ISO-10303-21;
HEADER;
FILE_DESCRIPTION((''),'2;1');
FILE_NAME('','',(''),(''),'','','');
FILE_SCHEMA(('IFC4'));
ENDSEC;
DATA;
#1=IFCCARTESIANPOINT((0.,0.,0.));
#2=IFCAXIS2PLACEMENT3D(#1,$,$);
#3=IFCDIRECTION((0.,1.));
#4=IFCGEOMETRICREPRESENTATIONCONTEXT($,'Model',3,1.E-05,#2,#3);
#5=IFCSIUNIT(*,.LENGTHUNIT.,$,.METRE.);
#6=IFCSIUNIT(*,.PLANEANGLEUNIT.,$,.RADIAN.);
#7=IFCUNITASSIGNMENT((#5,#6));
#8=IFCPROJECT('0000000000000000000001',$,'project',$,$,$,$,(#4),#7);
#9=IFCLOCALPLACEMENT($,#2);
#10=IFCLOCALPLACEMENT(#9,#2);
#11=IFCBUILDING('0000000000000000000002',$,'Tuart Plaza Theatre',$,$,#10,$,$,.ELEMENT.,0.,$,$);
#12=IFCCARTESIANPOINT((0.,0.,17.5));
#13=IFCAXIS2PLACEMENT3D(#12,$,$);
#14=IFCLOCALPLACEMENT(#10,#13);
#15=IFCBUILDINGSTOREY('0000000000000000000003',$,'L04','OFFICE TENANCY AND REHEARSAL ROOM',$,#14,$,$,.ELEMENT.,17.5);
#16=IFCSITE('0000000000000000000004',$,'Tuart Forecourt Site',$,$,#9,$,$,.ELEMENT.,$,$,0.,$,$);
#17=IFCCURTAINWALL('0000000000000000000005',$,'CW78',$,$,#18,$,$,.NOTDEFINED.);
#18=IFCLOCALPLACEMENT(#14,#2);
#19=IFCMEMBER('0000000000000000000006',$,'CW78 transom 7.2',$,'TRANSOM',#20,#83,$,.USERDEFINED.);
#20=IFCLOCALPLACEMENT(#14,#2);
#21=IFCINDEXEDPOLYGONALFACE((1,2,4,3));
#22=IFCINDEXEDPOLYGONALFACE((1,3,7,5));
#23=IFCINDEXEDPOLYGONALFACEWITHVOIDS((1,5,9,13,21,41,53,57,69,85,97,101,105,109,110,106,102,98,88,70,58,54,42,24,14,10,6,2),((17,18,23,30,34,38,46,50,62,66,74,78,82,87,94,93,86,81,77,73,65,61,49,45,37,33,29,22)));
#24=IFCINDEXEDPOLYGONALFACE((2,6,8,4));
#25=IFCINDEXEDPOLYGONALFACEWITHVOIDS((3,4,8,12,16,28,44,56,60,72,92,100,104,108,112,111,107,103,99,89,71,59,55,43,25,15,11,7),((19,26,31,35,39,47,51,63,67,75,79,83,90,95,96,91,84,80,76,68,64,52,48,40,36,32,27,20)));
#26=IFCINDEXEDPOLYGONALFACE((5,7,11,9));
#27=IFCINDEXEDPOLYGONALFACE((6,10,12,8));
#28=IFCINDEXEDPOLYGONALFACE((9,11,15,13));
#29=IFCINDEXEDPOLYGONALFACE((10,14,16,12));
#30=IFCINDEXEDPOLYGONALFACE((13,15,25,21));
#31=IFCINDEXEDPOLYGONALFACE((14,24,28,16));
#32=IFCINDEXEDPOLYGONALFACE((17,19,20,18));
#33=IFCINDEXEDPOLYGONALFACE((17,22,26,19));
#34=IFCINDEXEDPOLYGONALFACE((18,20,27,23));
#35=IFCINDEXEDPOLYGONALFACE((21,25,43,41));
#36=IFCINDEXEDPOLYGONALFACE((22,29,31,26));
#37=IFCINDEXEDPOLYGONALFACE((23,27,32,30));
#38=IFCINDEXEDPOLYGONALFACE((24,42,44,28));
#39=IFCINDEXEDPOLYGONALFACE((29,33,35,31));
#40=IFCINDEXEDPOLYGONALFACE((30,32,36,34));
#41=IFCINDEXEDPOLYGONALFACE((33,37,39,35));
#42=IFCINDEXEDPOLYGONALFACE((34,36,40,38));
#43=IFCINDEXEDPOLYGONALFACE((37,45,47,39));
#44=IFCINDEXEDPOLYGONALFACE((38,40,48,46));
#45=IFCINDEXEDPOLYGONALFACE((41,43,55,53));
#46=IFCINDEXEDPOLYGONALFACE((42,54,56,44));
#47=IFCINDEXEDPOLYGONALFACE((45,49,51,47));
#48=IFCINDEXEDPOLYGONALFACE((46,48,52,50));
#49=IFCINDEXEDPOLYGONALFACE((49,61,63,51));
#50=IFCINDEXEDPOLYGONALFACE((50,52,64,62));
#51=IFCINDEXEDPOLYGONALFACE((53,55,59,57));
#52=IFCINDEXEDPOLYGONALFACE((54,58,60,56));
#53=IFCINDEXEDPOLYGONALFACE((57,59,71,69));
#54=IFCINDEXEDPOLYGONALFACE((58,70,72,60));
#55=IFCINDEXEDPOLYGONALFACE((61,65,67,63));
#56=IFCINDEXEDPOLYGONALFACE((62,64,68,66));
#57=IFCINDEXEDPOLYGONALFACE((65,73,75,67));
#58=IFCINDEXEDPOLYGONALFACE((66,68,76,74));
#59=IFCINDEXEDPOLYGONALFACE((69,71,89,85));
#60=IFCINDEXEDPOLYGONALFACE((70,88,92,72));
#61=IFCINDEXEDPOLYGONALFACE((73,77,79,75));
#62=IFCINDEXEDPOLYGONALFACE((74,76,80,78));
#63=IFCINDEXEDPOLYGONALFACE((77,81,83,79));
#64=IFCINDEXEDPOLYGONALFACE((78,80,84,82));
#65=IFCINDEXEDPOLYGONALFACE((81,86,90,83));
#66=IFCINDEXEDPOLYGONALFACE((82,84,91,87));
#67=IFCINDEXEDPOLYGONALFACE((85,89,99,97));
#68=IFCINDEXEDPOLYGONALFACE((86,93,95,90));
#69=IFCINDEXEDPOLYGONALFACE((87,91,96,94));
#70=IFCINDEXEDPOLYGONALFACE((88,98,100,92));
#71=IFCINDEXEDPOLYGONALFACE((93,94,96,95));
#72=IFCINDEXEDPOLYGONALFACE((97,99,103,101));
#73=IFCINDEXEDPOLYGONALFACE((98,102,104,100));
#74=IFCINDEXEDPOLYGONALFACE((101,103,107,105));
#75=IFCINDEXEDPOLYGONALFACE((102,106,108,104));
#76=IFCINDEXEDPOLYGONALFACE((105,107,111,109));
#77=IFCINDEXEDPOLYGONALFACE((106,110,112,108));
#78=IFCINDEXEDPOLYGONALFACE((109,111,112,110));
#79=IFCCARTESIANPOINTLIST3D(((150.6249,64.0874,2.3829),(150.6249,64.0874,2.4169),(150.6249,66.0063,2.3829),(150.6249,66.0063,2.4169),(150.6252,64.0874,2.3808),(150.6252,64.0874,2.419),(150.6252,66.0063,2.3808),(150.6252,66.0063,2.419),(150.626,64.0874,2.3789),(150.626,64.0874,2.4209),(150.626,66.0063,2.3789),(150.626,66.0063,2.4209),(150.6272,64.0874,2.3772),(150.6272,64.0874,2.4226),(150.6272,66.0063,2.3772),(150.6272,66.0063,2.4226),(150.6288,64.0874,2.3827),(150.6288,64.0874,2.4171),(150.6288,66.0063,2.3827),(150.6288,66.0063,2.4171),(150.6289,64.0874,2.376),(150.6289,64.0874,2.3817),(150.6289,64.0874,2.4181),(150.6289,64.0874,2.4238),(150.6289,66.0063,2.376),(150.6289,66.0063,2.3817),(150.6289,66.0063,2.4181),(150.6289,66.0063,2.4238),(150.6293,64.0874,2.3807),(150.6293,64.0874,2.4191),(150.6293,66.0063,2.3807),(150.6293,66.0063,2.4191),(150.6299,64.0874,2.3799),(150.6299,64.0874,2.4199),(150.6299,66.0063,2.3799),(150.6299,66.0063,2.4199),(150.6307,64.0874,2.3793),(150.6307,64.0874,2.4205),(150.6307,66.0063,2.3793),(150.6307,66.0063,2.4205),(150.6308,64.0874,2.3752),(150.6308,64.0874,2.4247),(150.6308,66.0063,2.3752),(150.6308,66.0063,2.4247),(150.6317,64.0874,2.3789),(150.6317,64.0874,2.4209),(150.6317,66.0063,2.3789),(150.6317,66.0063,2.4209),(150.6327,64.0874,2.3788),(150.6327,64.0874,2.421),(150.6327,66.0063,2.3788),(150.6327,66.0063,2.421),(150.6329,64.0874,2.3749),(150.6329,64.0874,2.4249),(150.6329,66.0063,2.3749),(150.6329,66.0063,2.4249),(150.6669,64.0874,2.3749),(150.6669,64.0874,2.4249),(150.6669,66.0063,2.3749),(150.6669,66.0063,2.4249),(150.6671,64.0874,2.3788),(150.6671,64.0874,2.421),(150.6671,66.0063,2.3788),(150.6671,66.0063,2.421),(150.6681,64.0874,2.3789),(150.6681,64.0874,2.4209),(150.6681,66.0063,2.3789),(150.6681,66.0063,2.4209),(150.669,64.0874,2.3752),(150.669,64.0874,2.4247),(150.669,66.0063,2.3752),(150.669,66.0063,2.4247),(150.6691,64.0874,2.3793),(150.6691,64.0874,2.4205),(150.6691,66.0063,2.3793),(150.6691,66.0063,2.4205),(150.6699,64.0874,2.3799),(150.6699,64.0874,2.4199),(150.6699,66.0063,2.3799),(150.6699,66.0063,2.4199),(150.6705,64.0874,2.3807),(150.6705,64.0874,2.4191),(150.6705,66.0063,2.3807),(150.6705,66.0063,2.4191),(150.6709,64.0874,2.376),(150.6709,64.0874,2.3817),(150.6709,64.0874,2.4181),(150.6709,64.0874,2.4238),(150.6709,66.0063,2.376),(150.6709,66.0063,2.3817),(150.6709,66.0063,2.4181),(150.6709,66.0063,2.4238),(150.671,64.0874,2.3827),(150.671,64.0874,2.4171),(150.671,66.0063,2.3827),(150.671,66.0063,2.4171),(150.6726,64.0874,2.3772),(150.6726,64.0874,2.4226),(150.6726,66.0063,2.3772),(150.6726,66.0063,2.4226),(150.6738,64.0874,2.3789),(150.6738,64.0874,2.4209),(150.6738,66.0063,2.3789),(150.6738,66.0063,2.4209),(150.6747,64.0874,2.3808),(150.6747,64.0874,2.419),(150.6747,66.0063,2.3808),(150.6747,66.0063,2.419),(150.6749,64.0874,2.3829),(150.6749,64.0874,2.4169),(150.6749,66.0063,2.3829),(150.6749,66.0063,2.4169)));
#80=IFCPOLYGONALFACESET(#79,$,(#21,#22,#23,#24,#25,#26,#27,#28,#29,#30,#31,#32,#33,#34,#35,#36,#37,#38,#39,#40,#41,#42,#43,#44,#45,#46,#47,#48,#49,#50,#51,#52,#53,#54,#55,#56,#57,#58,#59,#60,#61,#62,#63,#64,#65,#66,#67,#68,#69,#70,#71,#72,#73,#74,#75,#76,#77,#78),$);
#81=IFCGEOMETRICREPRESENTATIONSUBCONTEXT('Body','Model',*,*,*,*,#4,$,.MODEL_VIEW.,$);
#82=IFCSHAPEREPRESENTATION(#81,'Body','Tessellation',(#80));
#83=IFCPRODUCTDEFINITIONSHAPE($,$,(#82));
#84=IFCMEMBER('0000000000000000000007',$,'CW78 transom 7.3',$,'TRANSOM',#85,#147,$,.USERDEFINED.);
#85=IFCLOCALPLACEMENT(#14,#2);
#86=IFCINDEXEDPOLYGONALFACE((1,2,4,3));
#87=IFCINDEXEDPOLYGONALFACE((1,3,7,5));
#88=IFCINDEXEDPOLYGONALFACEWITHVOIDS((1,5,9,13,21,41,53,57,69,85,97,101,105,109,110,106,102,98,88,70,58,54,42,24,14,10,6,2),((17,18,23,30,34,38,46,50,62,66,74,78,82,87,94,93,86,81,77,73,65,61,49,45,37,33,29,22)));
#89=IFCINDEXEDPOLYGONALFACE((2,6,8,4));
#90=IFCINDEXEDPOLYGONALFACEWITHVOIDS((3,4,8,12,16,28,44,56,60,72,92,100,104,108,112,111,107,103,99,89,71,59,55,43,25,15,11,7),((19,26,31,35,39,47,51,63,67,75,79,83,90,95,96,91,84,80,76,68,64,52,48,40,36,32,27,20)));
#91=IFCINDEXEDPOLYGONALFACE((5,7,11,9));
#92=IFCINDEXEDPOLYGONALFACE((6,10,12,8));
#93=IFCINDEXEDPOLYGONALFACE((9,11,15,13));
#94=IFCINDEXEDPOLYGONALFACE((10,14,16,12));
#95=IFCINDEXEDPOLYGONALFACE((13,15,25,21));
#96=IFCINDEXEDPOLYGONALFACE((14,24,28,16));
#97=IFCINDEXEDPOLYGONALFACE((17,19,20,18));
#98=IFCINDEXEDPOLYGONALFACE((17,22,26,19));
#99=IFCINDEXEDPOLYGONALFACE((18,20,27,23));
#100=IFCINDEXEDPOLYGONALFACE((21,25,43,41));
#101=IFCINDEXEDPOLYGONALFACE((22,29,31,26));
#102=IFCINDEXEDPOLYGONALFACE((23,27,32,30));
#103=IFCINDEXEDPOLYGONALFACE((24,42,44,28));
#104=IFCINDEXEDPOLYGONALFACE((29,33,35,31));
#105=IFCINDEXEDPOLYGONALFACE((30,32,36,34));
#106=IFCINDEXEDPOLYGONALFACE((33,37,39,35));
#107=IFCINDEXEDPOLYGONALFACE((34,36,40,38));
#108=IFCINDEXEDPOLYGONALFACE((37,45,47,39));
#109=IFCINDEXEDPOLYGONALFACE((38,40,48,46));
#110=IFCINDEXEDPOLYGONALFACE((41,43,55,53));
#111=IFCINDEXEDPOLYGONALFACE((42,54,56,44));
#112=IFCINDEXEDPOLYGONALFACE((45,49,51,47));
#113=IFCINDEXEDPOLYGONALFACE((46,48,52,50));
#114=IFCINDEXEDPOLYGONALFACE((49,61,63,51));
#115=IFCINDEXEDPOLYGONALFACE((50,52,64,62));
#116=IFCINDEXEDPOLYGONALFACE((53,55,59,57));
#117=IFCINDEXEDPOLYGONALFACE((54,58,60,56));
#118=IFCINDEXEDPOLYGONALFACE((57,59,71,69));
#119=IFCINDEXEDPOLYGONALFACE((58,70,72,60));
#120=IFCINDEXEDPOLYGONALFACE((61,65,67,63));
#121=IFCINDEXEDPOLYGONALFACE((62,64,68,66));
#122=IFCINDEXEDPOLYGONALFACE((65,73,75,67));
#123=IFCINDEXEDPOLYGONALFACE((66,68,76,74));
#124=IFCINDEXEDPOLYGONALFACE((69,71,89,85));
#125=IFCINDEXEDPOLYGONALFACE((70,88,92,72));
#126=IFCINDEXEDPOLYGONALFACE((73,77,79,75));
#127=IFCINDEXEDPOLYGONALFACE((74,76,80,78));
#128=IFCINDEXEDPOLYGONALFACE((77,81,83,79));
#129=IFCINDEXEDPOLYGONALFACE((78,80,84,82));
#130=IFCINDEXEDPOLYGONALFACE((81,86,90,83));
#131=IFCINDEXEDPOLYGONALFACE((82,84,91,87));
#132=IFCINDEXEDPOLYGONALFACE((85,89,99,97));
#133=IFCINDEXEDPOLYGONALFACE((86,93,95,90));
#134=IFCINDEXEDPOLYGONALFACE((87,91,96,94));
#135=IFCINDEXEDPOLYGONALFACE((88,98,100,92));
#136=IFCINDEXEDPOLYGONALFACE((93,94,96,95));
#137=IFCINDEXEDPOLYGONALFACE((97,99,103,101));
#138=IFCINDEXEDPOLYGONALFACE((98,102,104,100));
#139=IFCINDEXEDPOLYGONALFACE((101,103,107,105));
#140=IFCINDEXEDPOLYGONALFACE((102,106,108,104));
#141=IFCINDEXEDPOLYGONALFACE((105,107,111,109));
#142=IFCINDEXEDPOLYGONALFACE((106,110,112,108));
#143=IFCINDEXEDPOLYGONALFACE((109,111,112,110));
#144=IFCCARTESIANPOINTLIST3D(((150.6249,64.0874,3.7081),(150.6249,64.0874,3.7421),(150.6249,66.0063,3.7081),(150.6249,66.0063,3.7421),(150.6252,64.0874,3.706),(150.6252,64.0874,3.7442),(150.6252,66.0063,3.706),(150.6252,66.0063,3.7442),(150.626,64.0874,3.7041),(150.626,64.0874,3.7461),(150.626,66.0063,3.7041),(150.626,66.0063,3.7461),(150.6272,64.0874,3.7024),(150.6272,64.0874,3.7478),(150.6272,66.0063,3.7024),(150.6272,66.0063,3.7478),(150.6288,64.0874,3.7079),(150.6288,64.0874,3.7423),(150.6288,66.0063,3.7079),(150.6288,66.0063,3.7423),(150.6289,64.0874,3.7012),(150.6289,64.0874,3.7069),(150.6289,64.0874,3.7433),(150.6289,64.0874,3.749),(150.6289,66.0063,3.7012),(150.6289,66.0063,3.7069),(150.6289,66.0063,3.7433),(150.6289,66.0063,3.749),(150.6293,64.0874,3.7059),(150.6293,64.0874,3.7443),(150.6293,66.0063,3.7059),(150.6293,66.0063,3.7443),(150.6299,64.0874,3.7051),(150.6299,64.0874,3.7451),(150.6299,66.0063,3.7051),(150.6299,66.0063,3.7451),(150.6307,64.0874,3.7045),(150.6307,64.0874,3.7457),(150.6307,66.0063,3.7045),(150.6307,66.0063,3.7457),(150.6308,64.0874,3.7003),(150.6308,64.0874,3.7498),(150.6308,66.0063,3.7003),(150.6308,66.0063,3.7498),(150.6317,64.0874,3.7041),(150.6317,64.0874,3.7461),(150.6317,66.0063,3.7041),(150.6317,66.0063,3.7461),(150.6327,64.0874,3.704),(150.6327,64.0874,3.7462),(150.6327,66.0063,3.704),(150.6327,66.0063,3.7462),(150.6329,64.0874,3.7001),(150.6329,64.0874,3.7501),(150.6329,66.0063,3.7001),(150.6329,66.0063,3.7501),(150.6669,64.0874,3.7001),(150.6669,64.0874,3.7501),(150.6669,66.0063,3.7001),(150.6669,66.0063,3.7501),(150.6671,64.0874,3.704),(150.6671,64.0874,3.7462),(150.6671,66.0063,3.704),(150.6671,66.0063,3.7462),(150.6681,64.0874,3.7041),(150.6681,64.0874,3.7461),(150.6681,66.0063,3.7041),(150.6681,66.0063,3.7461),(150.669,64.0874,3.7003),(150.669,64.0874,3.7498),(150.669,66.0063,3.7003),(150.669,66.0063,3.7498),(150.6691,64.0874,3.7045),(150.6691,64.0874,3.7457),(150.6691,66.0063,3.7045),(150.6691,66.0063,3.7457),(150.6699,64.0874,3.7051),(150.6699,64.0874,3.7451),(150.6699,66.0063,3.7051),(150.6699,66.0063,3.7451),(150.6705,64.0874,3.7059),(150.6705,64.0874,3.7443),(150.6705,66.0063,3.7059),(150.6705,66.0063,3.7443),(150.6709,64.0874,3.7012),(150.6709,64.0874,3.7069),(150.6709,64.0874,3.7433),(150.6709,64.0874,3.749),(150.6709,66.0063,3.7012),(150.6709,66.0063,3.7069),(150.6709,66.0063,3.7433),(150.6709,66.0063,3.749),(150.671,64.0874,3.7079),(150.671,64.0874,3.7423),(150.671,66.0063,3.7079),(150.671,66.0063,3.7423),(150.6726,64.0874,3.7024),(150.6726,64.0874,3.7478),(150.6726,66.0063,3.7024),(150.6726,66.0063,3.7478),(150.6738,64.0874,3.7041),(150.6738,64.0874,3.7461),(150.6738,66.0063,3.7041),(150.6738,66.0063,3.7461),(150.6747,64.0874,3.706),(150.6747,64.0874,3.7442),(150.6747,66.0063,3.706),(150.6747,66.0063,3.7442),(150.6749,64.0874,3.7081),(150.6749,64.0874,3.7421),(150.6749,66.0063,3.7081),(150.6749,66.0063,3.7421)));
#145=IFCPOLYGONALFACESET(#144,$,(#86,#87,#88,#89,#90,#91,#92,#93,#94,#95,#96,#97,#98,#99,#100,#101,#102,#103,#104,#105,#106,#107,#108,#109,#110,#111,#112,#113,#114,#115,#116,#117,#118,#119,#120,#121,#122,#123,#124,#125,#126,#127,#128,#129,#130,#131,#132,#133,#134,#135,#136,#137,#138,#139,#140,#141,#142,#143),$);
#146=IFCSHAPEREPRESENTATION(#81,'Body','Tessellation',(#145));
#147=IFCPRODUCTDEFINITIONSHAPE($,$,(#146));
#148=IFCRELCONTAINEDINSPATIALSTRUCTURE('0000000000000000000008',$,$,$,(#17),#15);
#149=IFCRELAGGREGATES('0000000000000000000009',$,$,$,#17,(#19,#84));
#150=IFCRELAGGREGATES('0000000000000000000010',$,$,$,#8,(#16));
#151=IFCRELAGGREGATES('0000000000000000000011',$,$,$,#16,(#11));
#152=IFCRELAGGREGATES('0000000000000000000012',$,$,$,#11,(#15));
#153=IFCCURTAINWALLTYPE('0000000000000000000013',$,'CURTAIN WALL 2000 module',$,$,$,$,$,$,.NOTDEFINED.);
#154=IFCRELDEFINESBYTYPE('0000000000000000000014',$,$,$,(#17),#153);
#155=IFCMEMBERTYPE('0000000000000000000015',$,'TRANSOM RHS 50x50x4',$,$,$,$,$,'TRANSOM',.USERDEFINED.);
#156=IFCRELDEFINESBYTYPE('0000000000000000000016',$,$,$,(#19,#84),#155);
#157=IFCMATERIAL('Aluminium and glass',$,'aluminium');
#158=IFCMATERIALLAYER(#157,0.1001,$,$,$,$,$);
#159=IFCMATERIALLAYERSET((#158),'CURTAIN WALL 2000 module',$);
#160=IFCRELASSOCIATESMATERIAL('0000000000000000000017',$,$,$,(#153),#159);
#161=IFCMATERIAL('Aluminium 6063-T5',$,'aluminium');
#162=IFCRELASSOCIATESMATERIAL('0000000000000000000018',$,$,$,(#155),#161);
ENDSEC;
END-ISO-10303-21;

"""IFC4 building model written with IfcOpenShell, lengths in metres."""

from ifc_helpers import new_model, si_unit, direction, frame, origin, origin_2d, place, context, subcontext, project, spatial, hollow_rectangle, extrude, material, layer, layer_set, material_profile, profile_set, type_object, element, aggregate, save


model = new_model("IFC4")

# Units and contexts
model_context = context("Model", 3, precision=1e-05, world=origin(), true_north=direction((0.0, 1.0)))
body_context = subcontext(model_context, "Body", "Model", "MODEL_VIEW")
ifc_project = project(units=[si_unit("LENGTHUNIT", "METRE"), si_unit("PLANEANGLEUNIT", "RADIAN")], contexts=[model_context])

# Site, building, storey
site_placement = place(None, origin())
site = spatial("IfcSite", under=ifc_project, at=site_placement, Name="Tuart Forecourt Site", CompositionType="ELEMENT", RefElevation=0.0)
building_placement = place(site_placement, origin())
building = spatial("IfcBuilding", under=site, at=building_placement, Name="Tuart Plaza Theatre", CompositionType="ELEMENT", ElevationOfRefHeight=0.0)
storey_placement = place(building_placement, frame((0.0, 0.0, 17.5)))
storey = spatial("IfcBuildingStorey", under=building, at=storey_placement, Name="L04", Description="OFFICE TENANCY AND REHEARSAL ROOM", CompositionType="ELEMENT", Elevation=17.5)

# Curtain wall, members
ifc_material_1 = material(Name="Aluminium and glass", Category="aluminium")
ifc_layer_1 = layer(ifc_material_1, 0.1001)
ifc_layer_set_1 = layer_set([ifc_layer_1], Name="CURTAIN WALL 2000 module")
curtain_wall_type = type_object("IfcCurtainWallType", Name="CURTAIN WALL 2000 module", PredefinedType="NOTDEFINED", material=ifc_layer_set_1)
curtain_wall_placement = place(storey_placement, origin())
curtain_wall = element("IfcCurtainWall", 1, at=curtain_wall_placement, inside=storey, type_object=curtain_wall_type, Name="CW78", PredefinedType="NOTDEFINED")
ifc_material_2 = material(Name="Aluminium 6063-T5", Category="aluminium")
ifc_material_profile_1 = material_profile(ifc_material_2, hollow_rectangle(XDim=0.05, YDim=0.05, WallThickness=0.0039, InnerFilletRadius=0.0039, OuterFilletRadius=0.0081, at=origin_2d()), Name="RHS 50x50x4")
ifc_profile_set_1 = profile_set([ifc_material_profile_1], Name="Aluminium 6063-T5")
member_type_1 = type_object("IfcMemberType", Name="TRANSOM RHS 50x50x4", ElementType="TRANSOM", PredefinedType="USERDEFINED", material=ifc_profile_set_1)
member_1_placement = place(storey_placement, frame((150.6499, 64.0874, 2.3999), z_axis=(0.0, 1.0, 0.0), x_axis=(-1.0, 0.0, 0.0)))
member_1 = element("IfcMember", 2, at=member_1_placement, type_object=member_type_1, Name="CW78 transom 7.2", ObjectType="TRANSOM", PredefinedType="USERDEFINED", context=body_context, shape_type="SweptSolid", body=[
    extrude(hollow_rectangle(XDim=0.05, YDim=0.05, WallThickness=0.0039, InnerFilletRadius=0.0039, OuterFilletRadius=0.0081, at=origin_2d()), origin(), (0.0, 0.0, 1.0), 1.9189),
])
member_2_placement = place(storey_placement, frame((150.6499, 64.0874, 3.7251), z_axis=(0.0, 1.0, 0.0), x_axis=(-1.0, 0.0, 0.0)))
member_2 = element("IfcMember", 3, at=member_2_placement, type_object=member_type_1, Name="CW78 transom 7.3", ObjectType="TRANSOM", PredefinedType="USERDEFINED", context=body_context, shape_type="SweptSolid", body=[
    extrude(hollow_rectangle(XDim=0.05, YDim=0.05, WallThickness=0.0039, InnerFilletRadius=0.0039, OuterFilletRadius=0.0081, at=origin_2d()), origin(), (0.0, 0.0, 1.0), 1.9189),
])
aggregate(curtain_wall, [member_1, member_2])

save(model, "model.ifc")
